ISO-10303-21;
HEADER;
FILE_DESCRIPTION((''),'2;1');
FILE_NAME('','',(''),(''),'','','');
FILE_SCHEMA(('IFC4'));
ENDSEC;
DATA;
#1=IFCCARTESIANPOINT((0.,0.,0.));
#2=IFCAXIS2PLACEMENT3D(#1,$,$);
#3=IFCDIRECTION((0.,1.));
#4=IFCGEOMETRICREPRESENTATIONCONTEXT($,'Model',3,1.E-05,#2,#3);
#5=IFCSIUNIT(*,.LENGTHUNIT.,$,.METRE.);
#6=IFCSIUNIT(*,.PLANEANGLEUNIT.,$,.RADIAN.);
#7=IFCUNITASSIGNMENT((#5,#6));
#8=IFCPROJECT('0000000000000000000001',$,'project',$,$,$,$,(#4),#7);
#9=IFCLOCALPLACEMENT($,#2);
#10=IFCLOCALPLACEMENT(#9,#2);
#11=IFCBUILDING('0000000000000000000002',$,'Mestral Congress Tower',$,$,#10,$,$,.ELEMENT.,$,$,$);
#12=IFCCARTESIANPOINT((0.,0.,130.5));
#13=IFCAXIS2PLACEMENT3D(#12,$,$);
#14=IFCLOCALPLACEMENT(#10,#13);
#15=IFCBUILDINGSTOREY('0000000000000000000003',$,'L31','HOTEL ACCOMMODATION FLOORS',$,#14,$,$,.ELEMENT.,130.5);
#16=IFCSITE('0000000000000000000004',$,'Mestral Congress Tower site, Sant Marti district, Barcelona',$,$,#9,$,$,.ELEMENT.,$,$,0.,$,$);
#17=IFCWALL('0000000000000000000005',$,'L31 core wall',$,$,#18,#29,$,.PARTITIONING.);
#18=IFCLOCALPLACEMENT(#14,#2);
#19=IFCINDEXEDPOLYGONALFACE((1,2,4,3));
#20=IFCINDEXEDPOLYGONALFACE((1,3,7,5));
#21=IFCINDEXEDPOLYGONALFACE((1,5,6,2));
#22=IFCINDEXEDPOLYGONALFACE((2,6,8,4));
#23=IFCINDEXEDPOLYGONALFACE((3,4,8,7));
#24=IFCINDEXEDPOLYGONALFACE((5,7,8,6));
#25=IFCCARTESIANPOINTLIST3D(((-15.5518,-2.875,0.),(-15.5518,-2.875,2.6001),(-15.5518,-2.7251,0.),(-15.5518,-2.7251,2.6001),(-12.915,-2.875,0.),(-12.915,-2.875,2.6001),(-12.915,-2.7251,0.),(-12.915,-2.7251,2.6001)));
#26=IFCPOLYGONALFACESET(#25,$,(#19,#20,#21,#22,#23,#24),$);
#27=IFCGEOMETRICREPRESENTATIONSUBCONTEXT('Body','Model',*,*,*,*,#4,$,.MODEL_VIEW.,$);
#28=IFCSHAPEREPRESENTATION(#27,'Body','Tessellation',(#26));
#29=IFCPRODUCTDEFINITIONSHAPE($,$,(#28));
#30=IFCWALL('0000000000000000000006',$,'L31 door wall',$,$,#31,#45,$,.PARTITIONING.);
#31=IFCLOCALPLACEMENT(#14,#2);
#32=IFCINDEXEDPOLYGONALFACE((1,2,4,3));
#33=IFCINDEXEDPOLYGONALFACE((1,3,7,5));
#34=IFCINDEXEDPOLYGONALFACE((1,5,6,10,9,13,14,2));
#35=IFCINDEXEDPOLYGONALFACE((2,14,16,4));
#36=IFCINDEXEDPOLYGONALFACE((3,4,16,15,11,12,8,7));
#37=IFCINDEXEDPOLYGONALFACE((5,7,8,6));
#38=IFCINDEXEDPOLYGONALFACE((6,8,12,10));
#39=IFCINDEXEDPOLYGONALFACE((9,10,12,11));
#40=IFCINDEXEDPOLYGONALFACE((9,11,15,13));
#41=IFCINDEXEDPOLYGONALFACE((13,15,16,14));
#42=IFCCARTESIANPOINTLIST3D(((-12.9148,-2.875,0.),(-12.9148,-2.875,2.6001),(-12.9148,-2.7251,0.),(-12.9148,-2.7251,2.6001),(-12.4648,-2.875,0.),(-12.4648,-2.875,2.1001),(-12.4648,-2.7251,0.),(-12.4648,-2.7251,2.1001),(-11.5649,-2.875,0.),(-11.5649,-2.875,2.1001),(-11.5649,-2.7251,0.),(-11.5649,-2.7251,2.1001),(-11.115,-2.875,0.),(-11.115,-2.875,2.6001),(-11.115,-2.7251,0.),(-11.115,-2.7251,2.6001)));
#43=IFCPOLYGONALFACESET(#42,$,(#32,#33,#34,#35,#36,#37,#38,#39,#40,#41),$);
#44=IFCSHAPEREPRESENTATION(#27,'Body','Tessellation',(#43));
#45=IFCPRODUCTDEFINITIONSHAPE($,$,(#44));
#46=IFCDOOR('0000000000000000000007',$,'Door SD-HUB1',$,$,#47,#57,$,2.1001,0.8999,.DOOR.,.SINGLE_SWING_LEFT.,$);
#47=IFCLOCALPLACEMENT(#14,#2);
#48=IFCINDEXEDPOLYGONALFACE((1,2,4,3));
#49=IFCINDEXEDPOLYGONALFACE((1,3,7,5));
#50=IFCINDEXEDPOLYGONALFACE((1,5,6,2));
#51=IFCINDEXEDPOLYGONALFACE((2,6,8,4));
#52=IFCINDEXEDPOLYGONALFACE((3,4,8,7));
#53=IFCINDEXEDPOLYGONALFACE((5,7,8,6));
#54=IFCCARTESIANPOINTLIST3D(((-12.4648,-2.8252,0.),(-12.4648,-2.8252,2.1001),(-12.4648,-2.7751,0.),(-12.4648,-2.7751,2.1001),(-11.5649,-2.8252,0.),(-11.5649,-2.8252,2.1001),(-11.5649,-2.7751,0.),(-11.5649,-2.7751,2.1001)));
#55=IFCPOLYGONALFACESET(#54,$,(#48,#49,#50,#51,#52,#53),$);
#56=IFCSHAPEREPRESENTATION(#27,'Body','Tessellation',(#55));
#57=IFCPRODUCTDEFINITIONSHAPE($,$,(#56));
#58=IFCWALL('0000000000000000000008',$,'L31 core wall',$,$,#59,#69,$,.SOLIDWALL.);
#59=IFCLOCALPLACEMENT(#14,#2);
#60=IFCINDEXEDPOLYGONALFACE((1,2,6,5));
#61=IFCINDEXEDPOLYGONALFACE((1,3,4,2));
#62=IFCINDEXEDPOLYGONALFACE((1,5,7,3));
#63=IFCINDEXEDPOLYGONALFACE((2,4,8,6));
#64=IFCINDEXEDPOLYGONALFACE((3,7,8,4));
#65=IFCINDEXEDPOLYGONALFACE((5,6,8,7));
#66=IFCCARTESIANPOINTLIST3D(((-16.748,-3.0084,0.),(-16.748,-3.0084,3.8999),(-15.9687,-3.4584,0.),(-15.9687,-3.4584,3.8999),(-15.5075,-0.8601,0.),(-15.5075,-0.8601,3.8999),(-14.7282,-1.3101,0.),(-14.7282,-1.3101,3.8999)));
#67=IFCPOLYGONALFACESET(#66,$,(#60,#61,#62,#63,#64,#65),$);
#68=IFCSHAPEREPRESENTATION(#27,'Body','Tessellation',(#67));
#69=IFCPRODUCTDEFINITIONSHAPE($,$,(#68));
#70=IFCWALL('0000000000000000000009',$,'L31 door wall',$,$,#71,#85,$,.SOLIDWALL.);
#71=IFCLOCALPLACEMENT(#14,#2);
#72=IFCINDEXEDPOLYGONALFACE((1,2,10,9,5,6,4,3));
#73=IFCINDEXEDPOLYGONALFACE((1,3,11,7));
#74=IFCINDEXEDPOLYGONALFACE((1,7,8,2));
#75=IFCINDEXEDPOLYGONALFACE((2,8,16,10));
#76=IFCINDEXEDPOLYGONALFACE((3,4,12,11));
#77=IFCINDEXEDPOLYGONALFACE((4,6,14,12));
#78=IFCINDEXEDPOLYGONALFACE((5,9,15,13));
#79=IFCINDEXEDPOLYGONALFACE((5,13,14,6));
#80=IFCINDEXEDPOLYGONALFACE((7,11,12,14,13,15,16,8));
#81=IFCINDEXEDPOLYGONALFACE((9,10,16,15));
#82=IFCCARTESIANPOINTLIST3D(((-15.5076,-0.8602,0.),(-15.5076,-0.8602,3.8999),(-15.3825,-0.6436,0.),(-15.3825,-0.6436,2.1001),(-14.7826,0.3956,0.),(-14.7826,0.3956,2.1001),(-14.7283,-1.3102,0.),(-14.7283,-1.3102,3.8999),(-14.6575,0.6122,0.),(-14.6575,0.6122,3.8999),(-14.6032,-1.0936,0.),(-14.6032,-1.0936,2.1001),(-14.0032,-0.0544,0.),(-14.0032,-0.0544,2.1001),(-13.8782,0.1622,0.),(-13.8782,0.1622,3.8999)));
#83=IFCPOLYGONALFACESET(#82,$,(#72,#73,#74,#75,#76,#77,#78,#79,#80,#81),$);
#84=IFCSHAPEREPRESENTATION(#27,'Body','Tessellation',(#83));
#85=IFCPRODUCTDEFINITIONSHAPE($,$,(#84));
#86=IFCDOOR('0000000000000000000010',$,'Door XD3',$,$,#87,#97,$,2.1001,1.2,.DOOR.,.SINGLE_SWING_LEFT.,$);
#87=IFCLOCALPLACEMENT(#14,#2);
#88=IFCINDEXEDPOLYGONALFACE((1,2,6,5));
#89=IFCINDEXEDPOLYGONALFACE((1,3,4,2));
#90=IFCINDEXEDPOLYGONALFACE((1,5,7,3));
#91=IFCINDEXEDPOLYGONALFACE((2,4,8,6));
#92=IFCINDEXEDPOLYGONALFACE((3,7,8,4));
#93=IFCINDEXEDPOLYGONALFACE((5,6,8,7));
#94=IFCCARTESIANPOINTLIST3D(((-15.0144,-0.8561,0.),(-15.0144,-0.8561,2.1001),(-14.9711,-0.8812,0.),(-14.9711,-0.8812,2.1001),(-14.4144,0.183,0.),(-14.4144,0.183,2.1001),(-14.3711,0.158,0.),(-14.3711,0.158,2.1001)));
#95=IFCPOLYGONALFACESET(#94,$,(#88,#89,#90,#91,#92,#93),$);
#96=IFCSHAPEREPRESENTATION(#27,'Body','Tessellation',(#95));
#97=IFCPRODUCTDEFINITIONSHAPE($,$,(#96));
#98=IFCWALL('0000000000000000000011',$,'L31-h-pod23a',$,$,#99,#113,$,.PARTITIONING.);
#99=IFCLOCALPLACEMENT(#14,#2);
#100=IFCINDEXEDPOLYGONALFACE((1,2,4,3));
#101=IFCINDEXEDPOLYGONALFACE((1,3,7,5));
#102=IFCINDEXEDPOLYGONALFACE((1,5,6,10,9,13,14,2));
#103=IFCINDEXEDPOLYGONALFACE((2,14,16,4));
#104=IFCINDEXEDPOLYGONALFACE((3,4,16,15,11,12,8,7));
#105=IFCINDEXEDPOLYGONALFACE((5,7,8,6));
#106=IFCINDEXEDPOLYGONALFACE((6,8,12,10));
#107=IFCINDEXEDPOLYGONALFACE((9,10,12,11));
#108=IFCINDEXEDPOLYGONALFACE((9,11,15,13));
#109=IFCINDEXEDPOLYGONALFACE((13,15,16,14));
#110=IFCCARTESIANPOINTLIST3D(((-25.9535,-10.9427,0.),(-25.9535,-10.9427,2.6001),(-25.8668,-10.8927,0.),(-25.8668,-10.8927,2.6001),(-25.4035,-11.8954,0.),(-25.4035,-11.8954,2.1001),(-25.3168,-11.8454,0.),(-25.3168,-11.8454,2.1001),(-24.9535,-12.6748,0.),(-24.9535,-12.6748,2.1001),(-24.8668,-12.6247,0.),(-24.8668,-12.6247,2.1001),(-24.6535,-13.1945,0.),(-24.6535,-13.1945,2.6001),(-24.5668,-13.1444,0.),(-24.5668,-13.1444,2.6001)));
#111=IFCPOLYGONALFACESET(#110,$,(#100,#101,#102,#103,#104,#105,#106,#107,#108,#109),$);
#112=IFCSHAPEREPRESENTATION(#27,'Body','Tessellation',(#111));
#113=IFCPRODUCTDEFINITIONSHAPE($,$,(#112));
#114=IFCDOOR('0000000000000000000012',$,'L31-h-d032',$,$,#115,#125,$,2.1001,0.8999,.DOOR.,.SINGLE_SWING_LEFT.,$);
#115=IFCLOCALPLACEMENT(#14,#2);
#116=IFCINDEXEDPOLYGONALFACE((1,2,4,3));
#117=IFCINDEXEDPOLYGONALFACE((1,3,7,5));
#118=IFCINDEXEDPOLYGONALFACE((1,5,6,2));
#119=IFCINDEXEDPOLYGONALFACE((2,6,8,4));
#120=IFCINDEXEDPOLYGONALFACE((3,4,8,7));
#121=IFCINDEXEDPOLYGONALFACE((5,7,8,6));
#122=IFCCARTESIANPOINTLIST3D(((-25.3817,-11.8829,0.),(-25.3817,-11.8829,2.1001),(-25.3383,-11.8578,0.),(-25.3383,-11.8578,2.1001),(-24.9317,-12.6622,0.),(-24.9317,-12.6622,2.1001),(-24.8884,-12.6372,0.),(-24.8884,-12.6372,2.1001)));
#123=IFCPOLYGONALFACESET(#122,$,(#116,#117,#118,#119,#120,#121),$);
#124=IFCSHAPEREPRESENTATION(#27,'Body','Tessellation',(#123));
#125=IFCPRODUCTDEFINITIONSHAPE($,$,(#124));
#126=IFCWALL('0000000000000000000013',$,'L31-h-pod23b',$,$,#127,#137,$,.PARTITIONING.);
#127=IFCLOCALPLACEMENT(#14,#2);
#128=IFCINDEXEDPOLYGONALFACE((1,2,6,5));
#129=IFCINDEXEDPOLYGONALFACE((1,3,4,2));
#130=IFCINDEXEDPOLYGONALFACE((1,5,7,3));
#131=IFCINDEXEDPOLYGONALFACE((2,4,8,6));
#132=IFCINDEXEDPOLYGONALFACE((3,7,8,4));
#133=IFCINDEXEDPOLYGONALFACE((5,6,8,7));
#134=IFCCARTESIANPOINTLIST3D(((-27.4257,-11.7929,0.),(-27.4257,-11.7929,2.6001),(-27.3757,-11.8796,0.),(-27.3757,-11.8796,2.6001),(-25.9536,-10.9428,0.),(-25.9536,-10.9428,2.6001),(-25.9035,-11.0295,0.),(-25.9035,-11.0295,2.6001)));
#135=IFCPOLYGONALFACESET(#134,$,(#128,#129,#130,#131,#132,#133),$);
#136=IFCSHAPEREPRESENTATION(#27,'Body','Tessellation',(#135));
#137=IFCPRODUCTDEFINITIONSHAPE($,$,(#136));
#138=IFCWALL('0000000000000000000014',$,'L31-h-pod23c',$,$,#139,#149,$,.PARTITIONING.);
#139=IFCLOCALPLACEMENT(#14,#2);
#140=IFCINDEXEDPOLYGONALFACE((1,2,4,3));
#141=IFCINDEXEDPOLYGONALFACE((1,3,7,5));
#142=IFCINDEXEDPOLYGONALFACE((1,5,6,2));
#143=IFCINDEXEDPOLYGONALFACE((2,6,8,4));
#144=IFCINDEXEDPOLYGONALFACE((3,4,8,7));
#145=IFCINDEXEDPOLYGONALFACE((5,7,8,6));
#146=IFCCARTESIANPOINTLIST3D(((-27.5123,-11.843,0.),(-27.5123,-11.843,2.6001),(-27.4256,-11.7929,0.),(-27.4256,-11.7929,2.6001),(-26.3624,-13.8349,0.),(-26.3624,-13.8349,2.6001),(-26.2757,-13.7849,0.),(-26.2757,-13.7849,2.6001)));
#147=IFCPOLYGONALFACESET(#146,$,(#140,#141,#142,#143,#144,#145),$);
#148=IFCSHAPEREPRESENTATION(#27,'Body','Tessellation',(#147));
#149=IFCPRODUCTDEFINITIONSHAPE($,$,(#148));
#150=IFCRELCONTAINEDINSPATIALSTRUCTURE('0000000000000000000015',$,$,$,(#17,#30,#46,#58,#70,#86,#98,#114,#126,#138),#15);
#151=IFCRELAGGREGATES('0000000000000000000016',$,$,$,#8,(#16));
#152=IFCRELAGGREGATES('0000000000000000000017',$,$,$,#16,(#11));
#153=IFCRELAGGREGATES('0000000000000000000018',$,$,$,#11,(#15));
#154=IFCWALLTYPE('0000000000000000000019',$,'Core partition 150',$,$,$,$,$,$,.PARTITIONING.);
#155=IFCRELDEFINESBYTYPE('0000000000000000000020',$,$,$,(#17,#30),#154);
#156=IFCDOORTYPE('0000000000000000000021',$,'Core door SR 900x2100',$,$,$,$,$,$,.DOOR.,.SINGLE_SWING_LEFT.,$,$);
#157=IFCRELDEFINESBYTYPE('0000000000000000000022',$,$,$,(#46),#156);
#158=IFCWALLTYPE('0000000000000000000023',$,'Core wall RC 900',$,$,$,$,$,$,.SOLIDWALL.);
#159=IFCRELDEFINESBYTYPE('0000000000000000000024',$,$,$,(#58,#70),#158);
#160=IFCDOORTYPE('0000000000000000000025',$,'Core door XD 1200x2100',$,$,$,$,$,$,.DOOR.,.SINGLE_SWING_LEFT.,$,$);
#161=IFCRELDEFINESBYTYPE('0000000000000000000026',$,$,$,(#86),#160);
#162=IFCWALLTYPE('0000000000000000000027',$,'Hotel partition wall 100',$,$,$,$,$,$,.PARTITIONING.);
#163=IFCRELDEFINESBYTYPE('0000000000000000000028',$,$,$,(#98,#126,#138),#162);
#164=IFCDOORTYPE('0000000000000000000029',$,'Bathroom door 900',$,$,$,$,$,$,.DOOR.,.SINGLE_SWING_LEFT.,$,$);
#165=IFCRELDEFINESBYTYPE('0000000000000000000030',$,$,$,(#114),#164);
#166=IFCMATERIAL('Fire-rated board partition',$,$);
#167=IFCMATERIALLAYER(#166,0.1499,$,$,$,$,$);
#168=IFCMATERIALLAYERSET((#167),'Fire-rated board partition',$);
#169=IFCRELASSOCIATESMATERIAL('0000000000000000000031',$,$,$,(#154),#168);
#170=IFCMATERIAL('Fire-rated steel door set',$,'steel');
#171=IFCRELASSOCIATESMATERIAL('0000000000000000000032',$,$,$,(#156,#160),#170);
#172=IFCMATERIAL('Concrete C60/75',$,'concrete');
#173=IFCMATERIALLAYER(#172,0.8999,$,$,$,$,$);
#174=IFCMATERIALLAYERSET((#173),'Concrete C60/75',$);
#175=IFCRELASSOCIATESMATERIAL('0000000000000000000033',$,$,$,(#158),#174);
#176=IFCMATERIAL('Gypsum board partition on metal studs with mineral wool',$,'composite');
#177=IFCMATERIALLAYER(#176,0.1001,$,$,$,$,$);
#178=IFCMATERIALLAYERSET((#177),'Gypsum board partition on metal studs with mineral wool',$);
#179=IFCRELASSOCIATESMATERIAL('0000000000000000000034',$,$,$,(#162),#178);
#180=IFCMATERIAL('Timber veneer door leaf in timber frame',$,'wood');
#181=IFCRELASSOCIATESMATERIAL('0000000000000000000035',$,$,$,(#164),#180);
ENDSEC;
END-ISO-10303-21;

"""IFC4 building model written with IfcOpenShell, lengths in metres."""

from ifc_helpers import new_model, si_unit, direction, frame, frame_2d, origin, place, context, subcontext, project, spatial, rectangle, extrude, material, layer, layer_set, type_object, element, fill, save


model = new_model("IFC4")

# Units and contexts
model_context = context("Model", 3, precision=1e-05, world=origin(), true_north=direction((0.0, 1.0)))
body_context = subcontext(model_context, "Body", "Model", "MODEL_VIEW")
ifc_project = project(units=[si_unit("LENGTHUNIT", "METRE"), si_unit("PLANEANGLEUNIT", "RADIAN")], contexts=[model_context])

# Site, building, storey
site_placement = place(None, origin())
site = spatial("IfcSite", under=ifc_project, at=site_placement, Name="Mestral Congress Tower site, Sant Marti district, Barcelona", CompositionType="ELEMENT", RefElevation=0.0)
building_placement = place(site_placement, origin())
building = spatial("IfcBuilding", under=site, at=building_placement, Name="Mestral Congress Tower", CompositionType="ELEMENT")
storey_placement = place(building_placement, frame((0.0, 0.0, 130.5)))
storey = spatial("IfcBuildingStorey", under=building, at=storey_placement, Name="L31", Description="HOTEL ACCOMMODATION FLOORS", CompositionType="ELEMENT", Elevation=130.5)

# Wall
ifc_material_1 = material(Name="Fire-rated board partition")
ifc_layer_1 = layer(ifc_material_1, 0.1499)
ifc_layer_set_1 = layer_set([ifc_layer_1], Name="Fire-rated board partition")
wall_type_1 = type_object("IfcWallType", Name="Core partition 150", PredefinedType="PARTITIONING", material=ifc_layer_set_1)
wall_1_placement = place(storey_placement, frame((-12.915, -2.8, 0.0), z_axis=(0.0, 0.0, 1.0), x_axis=(-1.0, 0.0, 0.0)))
element("IfcWall", 1, at=wall_1_placement, inside=storey, type_object=wall_type_1, Name="L31 core wall", PredefinedType="PARTITIONING", context=body_context, shape_type="SweptSolid", body=[
    extrude(rectangle(XDim=2.6367, YDim=0.1499, at=frame_2d((1.3184, 0.0))), origin(), (0.0, 0.0, 1.0), 2.6001),
])

# Wall, opening, door
wall_2_placement = place(storey_placement, frame((-12.9148, -2.8, 0.0), z_axis=(0.0, 0.0, 1.0), x_axis=(1.0, 0.0, 0.0)))
wall_2 = element("IfcWall", 2, at=wall_2_placement, inside=storey, type_object=wall_type_1, Name="L31 door wall", PredefinedType="PARTITIONING", context=body_context, shape_type="SweptSolid", body=[
    extrude(rectangle(XDim=1.7998, YDim=0.1499, at=frame_2d((0.8999, 0.0))), origin(), (0.0, 0.0, 1.0), 2.6001),
])
opening_1_placement = place(wall_2_placement, frame((0.45, 0.0, 0.0)))
opening_1 = element("IfcOpeningElement", 3, at=opening_1_placement, cuts=wall_2, PredefinedType="OPENING", context=body_context, shape_type="SweptSolid", body=[
    extrude(rectangle(XDim=0.8999, YDim=2.1001, at=frame_2d((0.45, 1.05))), frame((0.0, 0.085, 0.0), z_axis=(0.0, -1.0, 0.0), x_axis=(1.0, 0.0, 0.0)), (0.0, 0.0, 1.0), 0.1699),
])
ifc_material_2 = material(Name="Fire-rated steel door set", Category="steel")
door_type_1 = type_object("IfcDoorType", Name="Core door SR 900x2100", OperationType="SINGLE_SWING_LEFT", PredefinedType="DOOR", material=ifc_material_2)
door_1_placement = place(opening_1_placement, origin())
door_1 = element("IfcDoor", 4, at=door_1_placement, inside=storey, type_object=door_type_1, Name="Door SD-HUB1", OperationType="SINGLE_SWING_LEFT", OverallHeight=2.1001, OverallWidth=0.8999, PredefinedType="DOOR", context=body_context, shape_type="SweptSolid", body=[
    extrude(rectangle(XDim=0.8999, YDim=2.1001, at=frame_2d((0.45, 1.05))), frame((0.0, 0.0249, 0.0), z_axis=(0.0, -1.0, 0.0), x_axis=(1.0, 0.0, 0.0)), (0.0, 0.0, 1.0), 0.05),
])
fill(opening_1, door_1)

# Wall
ifc_material_3 = material(Name="Concrete C60/75", Category="concrete")
ifc_layer_2 = layer(ifc_material_3, 0.8999)
ifc_layer_set_2 = layer_set([ifc_layer_2], Name="Concrete C60/75")
wall_type_2 = type_object("IfcWallType", Name="Core wall RC 900", PredefinedType="SOLIDWALL", material=ifc_layer_set_2)
wall_3_placement = place(storey_placement, frame((-15.1179, -1.0852, 0.0), z_axis=(0.0, 0.0, 1.0), x_axis=(-0.500066, -0.865987, 0.0)))
element("IfcWall", 5, at=wall_3_placement, inside=storey, type_object=wall_type_2, Name="L31 core wall", PredefinedType="SOLIDWALL", context=body_context, shape_type="SweptSolid", body=[
    extrude(rectangle(XDim=2.4807, YDim=0.8999, at=frame_2d((1.2402, 0.0))), origin(), (0.0, 0.0, 1.0), 3.8999),
])

# Walls, openings, doors
wall_4_placement = place(storey_placement, frame((-15.1179, -1.0852, 0.0), z_axis=(0.0, 0.0, 1.0), x_axis=(0.5, 0.866025, 0.0)))
wall_4 = element("IfcWall", 6, at=wall_4_placement, inside=storey, type_object=wall_type_2, Name="L31 door wall", PredefinedType="SOLIDWALL", context=body_context, shape_type="SweptSolid", body=[
    extrude(rectangle(XDim=1.7002, YDim=0.8999, at=frame_2d((0.8501, 0.0))), origin(), (0.0, 0.0, 1.0), 3.8999),
])
opening_2_placement = place(wall_4_placement, frame((0.25, 0.0, 0.0)))
opening_2 = element("IfcOpeningElement", 7, at=opening_2_placement, cuts=wall_4, PredefinedType="OPENING", context=body_context, shape_type="SweptSolid", body=[
    extrude(rectangle(XDim=1.2, YDim=2.1001, at=frame_2d((0.6001, 1.05))), frame((0.0, 0.46, 0.0), z_axis=(0.0, -1.0, 0.0), x_axis=(1.0, 0.0, 0.0)), (0.0, 0.0, 1.0), 0.9199),
])
door_type_2 = type_object("IfcDoorType", Name="Core door XD 1200x2100", OperationType="SINGLE_SWING_LEFT", PredefinedType="DOOR", material=ifc_material_2)
door_2_placement = place(opening_2_placement, origin())
door_2 = element("IfcDoor", 8, at=door_2_placement, inside=storey, type_object=door_type_2, Name="Door XD3", OperationType="SINGLE_SWING_LEFT", OverallHeight=2.1001, OverallWidth=1.2, PredefinedType="DOOR", context=body_context, shape_type="SweptSolid", body=[
    extrude(rectangle(XDim=1.2, YDim=2.1001, at=frame_2d((0.6001, 1.05))), frame((0.0, 0.0249, 0.0), z_axis=(0.0, -1.0, 0.0), x_axis=(1.0, 0.0, 0.0)), (0.0, 0.0, 1.0), 0.05),
])
fill(opening_2, door_2)
ifc_material_4 = material(Name="Gypsum board partition on metal studs with mineral wool", Category="composite")
ifc_layer_3 = layer(ifc_material_4, 0.1001)
ifc_layer_set_3 = layer_set([ifc_layer_3], Name="Gypsum board partition on metal studs with mineral wool")
wall_type_3 = type_object("IfcWallType", Name="Hotel partition wall 100", PredefinedType="PARTITIONING", material=ifc_layer_set_3)
wall_5_placement = place(storey_placement, frame((-24.6101, -13.1694, 0.0), z_axis=(0.0, 0.0, 1.0), x_axis=(-0.500007, 0.866021, 0.0)))
wall_5 = element("IfcWall", 9, at=wall_5_placement, inside=storey, type_object=wall_type_3, Name="L31-h-pod23a", PredefinedType="PARTITIONING", context=body_context, shape_type="SweptSolid", body=[
    extrude(rectangle(XDim=2.6001, YDim=0.1001, at=frame_2d((1.3, 0.0))), origin(), (0.0, 0.0, 1.0), 2.6001),
])
opening_3_placement = place(wall_5_placement, frame((0.6001, 0.0, 0.0)))
opening_3 = element("IfcOpeningElement", 10, at=opening_3_placement, cuts=wall_5, PredefinedType="OPENING", context=body_context, shape_type="SweptSolid", body=[
    extrude(rectangle(XDim=0.8999, YDim=2.1001, at=frame_2d((0.45, 1.05))), frame((0.0, 0.0601, 0.0), z_axis=(0.0, -1.0, 0.0), x_axis=(1.0, 0.0, 0.0)), (0.0, 0.0, 1.0), 0.1201),
])
ifc_material_5 = material(Name="Timber veneer door leaf in timber frame", Category="wood")
door_type_3 = type_object("IfcDoorType", Name="Bathroom door 900", OperationType="SINGLE_SWING_LEFT", PredefinedType="DOOR", material=ifc_material_5)
door_3_placement = place(opening_3_placement, origin())
door_3 = element("IfcDoor", 11, at=door_3_placement, inside=storey, type_object=door_type_3, Name="L31-h-d032", OperationType="SINGLE_SWING_LEFT", OverallHeight=2.1001, OverallWidth=0.8999, PredefinedType="DOOR", context=body_context, shape_type="SweptSolid", body=[
    extrude(rectangle(XDim=0.8999, YDim=2.1001, at=frame_2d((0.45, 1.05))), frame((0.0, 0.0249, 0.0), z_axis=(0.0, -1.0, 0.0), x_axis=(1.0, 0.0, 0.0)), (0.0, 0.0, 1.0), 0.05),
])
fill(opening_3, door_3)

# Walls
wall_6_placement = place(storey_placement, frame((-25.9285, -10.9861, 0.0), z_axis=(0.0, 0.0, 1.0), x_axis=(-0.865989, -0.500062, 0.0)))
element("IfcWall", 12, at=wall_6_placement, inside=storey, type_object=wall_type_3, Name="L31-h-pod23b", PredefinedType="PARTITIONING", context=body_context, shape_type="SweptSolid", body=[
    extrude(rectangle(XDim=1.7, YDim=0.1001, at=frame_2d((0.8501, 0.0))), origin(), (0.0, 0.0, 1.0), 2.6001),
])
wall_7_placement = place(storey_placement, frame((-26.3191, -13.8098, 0.0), z_axis=(0.0, 0.0, 1.0), x_axis=(-0.499952, 0.866053, 0.0)))
element("IfcWall", 13, at=wall_7_placement, inside=storey, type_object=wall_type_3, Name="L31-h-pod23c", PredefinedType="PARTITIONING", context=body_context, shape_type="SweptSolid", body=[
    extrude(rectangle(XDim=2.3, YDim=0.1001, at=frame_2d((1.1499, 0.0))), origin(), (0.0, 0.0, 1.0), 2.6001),
])

save(model, "model.ifc")
